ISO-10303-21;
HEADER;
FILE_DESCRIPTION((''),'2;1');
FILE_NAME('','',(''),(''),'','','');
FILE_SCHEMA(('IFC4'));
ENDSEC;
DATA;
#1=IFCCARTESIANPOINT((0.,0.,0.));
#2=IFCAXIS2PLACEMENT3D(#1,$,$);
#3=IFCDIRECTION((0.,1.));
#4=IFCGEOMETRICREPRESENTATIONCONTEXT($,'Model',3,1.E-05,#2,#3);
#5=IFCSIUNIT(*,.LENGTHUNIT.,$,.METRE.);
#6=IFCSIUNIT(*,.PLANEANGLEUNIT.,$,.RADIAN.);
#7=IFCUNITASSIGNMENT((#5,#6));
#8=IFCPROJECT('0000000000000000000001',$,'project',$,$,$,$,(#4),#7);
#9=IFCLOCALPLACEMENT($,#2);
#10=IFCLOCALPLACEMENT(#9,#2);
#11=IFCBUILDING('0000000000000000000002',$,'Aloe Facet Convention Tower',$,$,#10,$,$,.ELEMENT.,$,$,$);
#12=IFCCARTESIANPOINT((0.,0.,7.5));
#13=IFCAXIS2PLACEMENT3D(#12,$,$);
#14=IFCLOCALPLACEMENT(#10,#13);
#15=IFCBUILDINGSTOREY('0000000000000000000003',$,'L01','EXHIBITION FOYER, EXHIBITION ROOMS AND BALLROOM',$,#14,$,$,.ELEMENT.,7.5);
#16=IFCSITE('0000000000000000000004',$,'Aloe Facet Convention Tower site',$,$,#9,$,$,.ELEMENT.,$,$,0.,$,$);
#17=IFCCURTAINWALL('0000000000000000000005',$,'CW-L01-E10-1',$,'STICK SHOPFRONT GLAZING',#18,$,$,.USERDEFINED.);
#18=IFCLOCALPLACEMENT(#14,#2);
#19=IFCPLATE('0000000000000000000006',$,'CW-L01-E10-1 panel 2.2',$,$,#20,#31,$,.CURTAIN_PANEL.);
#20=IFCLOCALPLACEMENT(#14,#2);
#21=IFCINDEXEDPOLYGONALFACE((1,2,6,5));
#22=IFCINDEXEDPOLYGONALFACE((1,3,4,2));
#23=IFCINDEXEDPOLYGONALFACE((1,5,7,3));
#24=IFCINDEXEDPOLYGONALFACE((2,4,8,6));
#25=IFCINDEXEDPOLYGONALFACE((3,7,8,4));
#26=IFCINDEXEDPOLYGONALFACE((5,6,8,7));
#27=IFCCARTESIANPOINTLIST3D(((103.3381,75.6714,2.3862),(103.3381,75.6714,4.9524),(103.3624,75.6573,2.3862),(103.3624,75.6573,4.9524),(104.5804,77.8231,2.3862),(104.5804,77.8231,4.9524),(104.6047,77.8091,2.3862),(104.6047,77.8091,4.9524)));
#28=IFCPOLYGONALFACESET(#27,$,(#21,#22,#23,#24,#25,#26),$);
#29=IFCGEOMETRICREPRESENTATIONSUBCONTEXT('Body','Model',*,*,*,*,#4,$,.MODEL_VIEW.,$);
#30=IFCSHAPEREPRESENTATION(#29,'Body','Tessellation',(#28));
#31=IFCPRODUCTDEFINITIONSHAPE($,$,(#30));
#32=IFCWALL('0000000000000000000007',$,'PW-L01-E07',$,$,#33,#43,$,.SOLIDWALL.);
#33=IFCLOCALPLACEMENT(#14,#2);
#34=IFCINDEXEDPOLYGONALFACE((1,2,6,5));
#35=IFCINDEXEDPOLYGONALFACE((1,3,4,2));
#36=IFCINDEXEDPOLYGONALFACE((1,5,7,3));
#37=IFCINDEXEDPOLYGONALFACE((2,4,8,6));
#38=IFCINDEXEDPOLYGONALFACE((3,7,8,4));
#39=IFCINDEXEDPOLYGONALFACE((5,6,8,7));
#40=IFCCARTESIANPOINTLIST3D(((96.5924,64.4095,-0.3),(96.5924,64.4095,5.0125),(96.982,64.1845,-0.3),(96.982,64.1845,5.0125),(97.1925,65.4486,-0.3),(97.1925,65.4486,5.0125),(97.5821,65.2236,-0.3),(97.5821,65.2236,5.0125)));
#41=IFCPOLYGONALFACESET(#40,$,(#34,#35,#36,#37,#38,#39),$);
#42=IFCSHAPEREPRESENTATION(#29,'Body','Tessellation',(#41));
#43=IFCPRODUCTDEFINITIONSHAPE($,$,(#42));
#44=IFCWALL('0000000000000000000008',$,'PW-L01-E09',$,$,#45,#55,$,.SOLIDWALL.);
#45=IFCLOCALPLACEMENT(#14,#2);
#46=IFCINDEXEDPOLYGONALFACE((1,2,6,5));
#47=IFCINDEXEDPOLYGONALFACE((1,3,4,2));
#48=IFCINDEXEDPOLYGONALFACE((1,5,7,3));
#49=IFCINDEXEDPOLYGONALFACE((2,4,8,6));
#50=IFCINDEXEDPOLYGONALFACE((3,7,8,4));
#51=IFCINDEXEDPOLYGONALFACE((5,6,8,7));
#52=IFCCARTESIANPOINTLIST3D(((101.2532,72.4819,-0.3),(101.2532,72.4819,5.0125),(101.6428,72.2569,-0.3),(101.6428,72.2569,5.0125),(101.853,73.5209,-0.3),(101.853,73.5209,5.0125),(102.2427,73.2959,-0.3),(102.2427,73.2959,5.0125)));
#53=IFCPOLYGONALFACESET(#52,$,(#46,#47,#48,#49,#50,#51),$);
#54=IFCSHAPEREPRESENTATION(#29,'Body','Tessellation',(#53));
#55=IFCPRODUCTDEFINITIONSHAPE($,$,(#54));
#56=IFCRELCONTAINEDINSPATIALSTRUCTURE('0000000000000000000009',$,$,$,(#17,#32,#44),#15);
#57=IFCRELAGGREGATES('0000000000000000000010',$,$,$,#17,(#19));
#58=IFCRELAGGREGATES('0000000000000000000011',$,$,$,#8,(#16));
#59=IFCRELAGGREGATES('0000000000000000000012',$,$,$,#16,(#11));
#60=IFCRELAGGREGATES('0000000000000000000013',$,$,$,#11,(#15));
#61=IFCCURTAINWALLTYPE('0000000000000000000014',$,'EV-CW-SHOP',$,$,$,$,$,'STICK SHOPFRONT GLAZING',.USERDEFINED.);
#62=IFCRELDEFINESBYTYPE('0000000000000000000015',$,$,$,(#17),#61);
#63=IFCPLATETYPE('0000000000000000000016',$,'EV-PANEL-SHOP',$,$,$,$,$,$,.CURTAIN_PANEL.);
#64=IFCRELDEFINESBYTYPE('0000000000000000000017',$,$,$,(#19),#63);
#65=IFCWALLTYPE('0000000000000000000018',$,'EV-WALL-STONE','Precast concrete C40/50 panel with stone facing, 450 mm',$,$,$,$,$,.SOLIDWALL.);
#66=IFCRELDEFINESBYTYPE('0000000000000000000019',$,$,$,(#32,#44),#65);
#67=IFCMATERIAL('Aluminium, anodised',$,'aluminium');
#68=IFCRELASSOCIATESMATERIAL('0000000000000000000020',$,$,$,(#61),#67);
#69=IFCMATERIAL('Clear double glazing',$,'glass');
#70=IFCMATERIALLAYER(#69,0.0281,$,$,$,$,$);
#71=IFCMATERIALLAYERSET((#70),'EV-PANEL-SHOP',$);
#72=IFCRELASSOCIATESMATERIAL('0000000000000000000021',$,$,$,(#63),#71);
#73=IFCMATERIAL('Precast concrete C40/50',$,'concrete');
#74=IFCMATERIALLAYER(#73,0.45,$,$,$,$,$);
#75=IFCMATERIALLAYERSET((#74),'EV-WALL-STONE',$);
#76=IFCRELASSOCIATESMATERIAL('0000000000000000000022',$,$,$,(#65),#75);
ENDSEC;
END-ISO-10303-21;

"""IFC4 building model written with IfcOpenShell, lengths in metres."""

from ifc_helpers import new_model, si_unit, direction, frame, frame_2d, origin, origin_2d, place, context, subcontext, project, spatial, rectangle, extrude, material, layer, layer_set, type_object, element, aggregate, save


model = new_model("IFC4")

# Units and contexts
model_context = context("Model", 3, precision=1e-05, world=origin(), true_north=direction((0.0, 1.0)))
body_context = subcontext(model_context, "Body", "Model", "MODEL_VIEW")
ifc_project = project(units=[si_unit("LENGTHUNIT", "METRE"), si_unit("PLANEANGLEUNIT", "RADIAN")], contexts=[model_context])

# Site, building, storey
site_placement = place(None, origin())
site = spatial("IfcSite", under=ifc_project, at=site_placement, Name="Aloe Facet Convention Tower site", CompositionType="ELEMENT", RefElevation=0.0)
building_placement = place(site_placement, origin())
building = spatial("IfcBuilding", under=site, at=building_placement, Name="Aloe Facet Convention Tower", CompositionType="ELEMENT")
storey_placement = place(building_placement, frame((0.0, 0.0, 7.5)))
storey = spatial("IfcBuildingStorey", under=building, at=storey_placement, Name="L01", Description="EXHIBITION FOYER, EXHIBITION ROOMS AND BALLROOM", CompositionType="ELEMENT", Elevation=7.5)

# Shared definitions
ifc_material_1 = material(Name="Aluminium, anodised", Category="aluminium")
curtain_wall_type = type_object("IfcCurtainWallType", Name="EV-CW-SHOP", ElementType="STICK SHOPFRONT GLAZING", PredefinedType="USERDEFINED", material=ifc_material_1)

# Curtain wall
curtain_wall_1_placement = place(storey_placement, origin())
curtain_wall_1 = element("IfcCurtainWall", 1, at=curtain_wall_1_placement, inside=storey, type_object=curtain_wall_type, Name="CW-L01-E10-1", ObjectType="STICK SHOPFRONT GLAZING", PredefinedType="USERDEFINED")

# Plate
ifc_material_2 = material(Name="Clear double glazing", Category="glass")
ifc_layer_1 = layer(ifc_material_2, 0.0281)
ifc_layer_set_1 = layer_set([ifc_layer_1], Name="EV-PANEL-SHOP")
plate_type = type_object("IfcPlateType", Name="EV-PANEL-SHOP", PredefinedType="CURTAIN_PANEL", material=ifc_layer_set_1)
plate_1_placement = place(storey_placement, frame((103.9714, 76.7402, 2.3862), z_axis=(0.0, 0.0, 1.0), x_axis=(0.5, 0.866025, 0.0)))
plate_1 = element("IfcPlate", 2, at=plate_1_placement, type_object=plate_type, Name="CW-L01-E10-1 panel 2.2", PredefinedType="CURTAIN_PANEL", context=body_context, shape_type="SweptSolid", body=[
    extrude(rectangle(XDim=2.4846, YDim=0.0281, at=origin_2d()), origin(), (0.0, 0.0, 1.0), 2.5662),
])
aggregate(curtain_wall_1, [plate_1])

# Walls
ifc_material_3 = material(Name="Precast concrete C40/50", Category="concrete")
ifc_layer_2 = layer(ifc_material_3, 0.45)
ifc_layer_set_2 = layer_set([ifc_layer_2], Name="EV-WALL-STONE")
wall_type = type_object("IfcWallType", Name="EV-WALL-STONE", Description="Precast concrete C40/50 panel with stone facing, 450 mm", PredefinedType="SOLIDWALL", material=ifc_layer_set_2)
wall_1_placement = place(storey_placement, frame((96.7871, 64.2969, -0.3), z_axis=(0.0, 0.0, 1.0), x_axis=(0.500122, 0.865955, 0.0)))
element("IfcWall", 3, at=wall_1_placement, inside=storey, type_object=wall_type, Name="PW-L01-E07", PredefinedType="SOLIDWALL", context=body_context, shape_type="SweptSolid", body=[
    extrude(rectangle(XDim=1.2, YDim=0.45, at=frame_2d((0.6001, 0.0))), origin(), (0.0, 0.0, 1.0), 5.3125),
])
wall_2_placement = place(storey_placement, frame((101.448, 72.3694, -0.3), z_axis=(0.0, 0.0, 1.0), x_axis=(0.499969, 0.866043, 0.0)))
element("IfcWall", 4, at=wall_2_placement, inside=storey, type_object=wall_type, Name="PW-L01-E09", PredefinedType="SOLIDWALL", context=body_context, shape_type="SweptSolid", body=[
    extrude(rectangle(XDim=1.1997, YDim=0.45, at=frame_2d((0.5999, 0.0))), origin(), (0.0, 0.0, 1.0), 5.3125),
])

save(model, "model.ifc")
